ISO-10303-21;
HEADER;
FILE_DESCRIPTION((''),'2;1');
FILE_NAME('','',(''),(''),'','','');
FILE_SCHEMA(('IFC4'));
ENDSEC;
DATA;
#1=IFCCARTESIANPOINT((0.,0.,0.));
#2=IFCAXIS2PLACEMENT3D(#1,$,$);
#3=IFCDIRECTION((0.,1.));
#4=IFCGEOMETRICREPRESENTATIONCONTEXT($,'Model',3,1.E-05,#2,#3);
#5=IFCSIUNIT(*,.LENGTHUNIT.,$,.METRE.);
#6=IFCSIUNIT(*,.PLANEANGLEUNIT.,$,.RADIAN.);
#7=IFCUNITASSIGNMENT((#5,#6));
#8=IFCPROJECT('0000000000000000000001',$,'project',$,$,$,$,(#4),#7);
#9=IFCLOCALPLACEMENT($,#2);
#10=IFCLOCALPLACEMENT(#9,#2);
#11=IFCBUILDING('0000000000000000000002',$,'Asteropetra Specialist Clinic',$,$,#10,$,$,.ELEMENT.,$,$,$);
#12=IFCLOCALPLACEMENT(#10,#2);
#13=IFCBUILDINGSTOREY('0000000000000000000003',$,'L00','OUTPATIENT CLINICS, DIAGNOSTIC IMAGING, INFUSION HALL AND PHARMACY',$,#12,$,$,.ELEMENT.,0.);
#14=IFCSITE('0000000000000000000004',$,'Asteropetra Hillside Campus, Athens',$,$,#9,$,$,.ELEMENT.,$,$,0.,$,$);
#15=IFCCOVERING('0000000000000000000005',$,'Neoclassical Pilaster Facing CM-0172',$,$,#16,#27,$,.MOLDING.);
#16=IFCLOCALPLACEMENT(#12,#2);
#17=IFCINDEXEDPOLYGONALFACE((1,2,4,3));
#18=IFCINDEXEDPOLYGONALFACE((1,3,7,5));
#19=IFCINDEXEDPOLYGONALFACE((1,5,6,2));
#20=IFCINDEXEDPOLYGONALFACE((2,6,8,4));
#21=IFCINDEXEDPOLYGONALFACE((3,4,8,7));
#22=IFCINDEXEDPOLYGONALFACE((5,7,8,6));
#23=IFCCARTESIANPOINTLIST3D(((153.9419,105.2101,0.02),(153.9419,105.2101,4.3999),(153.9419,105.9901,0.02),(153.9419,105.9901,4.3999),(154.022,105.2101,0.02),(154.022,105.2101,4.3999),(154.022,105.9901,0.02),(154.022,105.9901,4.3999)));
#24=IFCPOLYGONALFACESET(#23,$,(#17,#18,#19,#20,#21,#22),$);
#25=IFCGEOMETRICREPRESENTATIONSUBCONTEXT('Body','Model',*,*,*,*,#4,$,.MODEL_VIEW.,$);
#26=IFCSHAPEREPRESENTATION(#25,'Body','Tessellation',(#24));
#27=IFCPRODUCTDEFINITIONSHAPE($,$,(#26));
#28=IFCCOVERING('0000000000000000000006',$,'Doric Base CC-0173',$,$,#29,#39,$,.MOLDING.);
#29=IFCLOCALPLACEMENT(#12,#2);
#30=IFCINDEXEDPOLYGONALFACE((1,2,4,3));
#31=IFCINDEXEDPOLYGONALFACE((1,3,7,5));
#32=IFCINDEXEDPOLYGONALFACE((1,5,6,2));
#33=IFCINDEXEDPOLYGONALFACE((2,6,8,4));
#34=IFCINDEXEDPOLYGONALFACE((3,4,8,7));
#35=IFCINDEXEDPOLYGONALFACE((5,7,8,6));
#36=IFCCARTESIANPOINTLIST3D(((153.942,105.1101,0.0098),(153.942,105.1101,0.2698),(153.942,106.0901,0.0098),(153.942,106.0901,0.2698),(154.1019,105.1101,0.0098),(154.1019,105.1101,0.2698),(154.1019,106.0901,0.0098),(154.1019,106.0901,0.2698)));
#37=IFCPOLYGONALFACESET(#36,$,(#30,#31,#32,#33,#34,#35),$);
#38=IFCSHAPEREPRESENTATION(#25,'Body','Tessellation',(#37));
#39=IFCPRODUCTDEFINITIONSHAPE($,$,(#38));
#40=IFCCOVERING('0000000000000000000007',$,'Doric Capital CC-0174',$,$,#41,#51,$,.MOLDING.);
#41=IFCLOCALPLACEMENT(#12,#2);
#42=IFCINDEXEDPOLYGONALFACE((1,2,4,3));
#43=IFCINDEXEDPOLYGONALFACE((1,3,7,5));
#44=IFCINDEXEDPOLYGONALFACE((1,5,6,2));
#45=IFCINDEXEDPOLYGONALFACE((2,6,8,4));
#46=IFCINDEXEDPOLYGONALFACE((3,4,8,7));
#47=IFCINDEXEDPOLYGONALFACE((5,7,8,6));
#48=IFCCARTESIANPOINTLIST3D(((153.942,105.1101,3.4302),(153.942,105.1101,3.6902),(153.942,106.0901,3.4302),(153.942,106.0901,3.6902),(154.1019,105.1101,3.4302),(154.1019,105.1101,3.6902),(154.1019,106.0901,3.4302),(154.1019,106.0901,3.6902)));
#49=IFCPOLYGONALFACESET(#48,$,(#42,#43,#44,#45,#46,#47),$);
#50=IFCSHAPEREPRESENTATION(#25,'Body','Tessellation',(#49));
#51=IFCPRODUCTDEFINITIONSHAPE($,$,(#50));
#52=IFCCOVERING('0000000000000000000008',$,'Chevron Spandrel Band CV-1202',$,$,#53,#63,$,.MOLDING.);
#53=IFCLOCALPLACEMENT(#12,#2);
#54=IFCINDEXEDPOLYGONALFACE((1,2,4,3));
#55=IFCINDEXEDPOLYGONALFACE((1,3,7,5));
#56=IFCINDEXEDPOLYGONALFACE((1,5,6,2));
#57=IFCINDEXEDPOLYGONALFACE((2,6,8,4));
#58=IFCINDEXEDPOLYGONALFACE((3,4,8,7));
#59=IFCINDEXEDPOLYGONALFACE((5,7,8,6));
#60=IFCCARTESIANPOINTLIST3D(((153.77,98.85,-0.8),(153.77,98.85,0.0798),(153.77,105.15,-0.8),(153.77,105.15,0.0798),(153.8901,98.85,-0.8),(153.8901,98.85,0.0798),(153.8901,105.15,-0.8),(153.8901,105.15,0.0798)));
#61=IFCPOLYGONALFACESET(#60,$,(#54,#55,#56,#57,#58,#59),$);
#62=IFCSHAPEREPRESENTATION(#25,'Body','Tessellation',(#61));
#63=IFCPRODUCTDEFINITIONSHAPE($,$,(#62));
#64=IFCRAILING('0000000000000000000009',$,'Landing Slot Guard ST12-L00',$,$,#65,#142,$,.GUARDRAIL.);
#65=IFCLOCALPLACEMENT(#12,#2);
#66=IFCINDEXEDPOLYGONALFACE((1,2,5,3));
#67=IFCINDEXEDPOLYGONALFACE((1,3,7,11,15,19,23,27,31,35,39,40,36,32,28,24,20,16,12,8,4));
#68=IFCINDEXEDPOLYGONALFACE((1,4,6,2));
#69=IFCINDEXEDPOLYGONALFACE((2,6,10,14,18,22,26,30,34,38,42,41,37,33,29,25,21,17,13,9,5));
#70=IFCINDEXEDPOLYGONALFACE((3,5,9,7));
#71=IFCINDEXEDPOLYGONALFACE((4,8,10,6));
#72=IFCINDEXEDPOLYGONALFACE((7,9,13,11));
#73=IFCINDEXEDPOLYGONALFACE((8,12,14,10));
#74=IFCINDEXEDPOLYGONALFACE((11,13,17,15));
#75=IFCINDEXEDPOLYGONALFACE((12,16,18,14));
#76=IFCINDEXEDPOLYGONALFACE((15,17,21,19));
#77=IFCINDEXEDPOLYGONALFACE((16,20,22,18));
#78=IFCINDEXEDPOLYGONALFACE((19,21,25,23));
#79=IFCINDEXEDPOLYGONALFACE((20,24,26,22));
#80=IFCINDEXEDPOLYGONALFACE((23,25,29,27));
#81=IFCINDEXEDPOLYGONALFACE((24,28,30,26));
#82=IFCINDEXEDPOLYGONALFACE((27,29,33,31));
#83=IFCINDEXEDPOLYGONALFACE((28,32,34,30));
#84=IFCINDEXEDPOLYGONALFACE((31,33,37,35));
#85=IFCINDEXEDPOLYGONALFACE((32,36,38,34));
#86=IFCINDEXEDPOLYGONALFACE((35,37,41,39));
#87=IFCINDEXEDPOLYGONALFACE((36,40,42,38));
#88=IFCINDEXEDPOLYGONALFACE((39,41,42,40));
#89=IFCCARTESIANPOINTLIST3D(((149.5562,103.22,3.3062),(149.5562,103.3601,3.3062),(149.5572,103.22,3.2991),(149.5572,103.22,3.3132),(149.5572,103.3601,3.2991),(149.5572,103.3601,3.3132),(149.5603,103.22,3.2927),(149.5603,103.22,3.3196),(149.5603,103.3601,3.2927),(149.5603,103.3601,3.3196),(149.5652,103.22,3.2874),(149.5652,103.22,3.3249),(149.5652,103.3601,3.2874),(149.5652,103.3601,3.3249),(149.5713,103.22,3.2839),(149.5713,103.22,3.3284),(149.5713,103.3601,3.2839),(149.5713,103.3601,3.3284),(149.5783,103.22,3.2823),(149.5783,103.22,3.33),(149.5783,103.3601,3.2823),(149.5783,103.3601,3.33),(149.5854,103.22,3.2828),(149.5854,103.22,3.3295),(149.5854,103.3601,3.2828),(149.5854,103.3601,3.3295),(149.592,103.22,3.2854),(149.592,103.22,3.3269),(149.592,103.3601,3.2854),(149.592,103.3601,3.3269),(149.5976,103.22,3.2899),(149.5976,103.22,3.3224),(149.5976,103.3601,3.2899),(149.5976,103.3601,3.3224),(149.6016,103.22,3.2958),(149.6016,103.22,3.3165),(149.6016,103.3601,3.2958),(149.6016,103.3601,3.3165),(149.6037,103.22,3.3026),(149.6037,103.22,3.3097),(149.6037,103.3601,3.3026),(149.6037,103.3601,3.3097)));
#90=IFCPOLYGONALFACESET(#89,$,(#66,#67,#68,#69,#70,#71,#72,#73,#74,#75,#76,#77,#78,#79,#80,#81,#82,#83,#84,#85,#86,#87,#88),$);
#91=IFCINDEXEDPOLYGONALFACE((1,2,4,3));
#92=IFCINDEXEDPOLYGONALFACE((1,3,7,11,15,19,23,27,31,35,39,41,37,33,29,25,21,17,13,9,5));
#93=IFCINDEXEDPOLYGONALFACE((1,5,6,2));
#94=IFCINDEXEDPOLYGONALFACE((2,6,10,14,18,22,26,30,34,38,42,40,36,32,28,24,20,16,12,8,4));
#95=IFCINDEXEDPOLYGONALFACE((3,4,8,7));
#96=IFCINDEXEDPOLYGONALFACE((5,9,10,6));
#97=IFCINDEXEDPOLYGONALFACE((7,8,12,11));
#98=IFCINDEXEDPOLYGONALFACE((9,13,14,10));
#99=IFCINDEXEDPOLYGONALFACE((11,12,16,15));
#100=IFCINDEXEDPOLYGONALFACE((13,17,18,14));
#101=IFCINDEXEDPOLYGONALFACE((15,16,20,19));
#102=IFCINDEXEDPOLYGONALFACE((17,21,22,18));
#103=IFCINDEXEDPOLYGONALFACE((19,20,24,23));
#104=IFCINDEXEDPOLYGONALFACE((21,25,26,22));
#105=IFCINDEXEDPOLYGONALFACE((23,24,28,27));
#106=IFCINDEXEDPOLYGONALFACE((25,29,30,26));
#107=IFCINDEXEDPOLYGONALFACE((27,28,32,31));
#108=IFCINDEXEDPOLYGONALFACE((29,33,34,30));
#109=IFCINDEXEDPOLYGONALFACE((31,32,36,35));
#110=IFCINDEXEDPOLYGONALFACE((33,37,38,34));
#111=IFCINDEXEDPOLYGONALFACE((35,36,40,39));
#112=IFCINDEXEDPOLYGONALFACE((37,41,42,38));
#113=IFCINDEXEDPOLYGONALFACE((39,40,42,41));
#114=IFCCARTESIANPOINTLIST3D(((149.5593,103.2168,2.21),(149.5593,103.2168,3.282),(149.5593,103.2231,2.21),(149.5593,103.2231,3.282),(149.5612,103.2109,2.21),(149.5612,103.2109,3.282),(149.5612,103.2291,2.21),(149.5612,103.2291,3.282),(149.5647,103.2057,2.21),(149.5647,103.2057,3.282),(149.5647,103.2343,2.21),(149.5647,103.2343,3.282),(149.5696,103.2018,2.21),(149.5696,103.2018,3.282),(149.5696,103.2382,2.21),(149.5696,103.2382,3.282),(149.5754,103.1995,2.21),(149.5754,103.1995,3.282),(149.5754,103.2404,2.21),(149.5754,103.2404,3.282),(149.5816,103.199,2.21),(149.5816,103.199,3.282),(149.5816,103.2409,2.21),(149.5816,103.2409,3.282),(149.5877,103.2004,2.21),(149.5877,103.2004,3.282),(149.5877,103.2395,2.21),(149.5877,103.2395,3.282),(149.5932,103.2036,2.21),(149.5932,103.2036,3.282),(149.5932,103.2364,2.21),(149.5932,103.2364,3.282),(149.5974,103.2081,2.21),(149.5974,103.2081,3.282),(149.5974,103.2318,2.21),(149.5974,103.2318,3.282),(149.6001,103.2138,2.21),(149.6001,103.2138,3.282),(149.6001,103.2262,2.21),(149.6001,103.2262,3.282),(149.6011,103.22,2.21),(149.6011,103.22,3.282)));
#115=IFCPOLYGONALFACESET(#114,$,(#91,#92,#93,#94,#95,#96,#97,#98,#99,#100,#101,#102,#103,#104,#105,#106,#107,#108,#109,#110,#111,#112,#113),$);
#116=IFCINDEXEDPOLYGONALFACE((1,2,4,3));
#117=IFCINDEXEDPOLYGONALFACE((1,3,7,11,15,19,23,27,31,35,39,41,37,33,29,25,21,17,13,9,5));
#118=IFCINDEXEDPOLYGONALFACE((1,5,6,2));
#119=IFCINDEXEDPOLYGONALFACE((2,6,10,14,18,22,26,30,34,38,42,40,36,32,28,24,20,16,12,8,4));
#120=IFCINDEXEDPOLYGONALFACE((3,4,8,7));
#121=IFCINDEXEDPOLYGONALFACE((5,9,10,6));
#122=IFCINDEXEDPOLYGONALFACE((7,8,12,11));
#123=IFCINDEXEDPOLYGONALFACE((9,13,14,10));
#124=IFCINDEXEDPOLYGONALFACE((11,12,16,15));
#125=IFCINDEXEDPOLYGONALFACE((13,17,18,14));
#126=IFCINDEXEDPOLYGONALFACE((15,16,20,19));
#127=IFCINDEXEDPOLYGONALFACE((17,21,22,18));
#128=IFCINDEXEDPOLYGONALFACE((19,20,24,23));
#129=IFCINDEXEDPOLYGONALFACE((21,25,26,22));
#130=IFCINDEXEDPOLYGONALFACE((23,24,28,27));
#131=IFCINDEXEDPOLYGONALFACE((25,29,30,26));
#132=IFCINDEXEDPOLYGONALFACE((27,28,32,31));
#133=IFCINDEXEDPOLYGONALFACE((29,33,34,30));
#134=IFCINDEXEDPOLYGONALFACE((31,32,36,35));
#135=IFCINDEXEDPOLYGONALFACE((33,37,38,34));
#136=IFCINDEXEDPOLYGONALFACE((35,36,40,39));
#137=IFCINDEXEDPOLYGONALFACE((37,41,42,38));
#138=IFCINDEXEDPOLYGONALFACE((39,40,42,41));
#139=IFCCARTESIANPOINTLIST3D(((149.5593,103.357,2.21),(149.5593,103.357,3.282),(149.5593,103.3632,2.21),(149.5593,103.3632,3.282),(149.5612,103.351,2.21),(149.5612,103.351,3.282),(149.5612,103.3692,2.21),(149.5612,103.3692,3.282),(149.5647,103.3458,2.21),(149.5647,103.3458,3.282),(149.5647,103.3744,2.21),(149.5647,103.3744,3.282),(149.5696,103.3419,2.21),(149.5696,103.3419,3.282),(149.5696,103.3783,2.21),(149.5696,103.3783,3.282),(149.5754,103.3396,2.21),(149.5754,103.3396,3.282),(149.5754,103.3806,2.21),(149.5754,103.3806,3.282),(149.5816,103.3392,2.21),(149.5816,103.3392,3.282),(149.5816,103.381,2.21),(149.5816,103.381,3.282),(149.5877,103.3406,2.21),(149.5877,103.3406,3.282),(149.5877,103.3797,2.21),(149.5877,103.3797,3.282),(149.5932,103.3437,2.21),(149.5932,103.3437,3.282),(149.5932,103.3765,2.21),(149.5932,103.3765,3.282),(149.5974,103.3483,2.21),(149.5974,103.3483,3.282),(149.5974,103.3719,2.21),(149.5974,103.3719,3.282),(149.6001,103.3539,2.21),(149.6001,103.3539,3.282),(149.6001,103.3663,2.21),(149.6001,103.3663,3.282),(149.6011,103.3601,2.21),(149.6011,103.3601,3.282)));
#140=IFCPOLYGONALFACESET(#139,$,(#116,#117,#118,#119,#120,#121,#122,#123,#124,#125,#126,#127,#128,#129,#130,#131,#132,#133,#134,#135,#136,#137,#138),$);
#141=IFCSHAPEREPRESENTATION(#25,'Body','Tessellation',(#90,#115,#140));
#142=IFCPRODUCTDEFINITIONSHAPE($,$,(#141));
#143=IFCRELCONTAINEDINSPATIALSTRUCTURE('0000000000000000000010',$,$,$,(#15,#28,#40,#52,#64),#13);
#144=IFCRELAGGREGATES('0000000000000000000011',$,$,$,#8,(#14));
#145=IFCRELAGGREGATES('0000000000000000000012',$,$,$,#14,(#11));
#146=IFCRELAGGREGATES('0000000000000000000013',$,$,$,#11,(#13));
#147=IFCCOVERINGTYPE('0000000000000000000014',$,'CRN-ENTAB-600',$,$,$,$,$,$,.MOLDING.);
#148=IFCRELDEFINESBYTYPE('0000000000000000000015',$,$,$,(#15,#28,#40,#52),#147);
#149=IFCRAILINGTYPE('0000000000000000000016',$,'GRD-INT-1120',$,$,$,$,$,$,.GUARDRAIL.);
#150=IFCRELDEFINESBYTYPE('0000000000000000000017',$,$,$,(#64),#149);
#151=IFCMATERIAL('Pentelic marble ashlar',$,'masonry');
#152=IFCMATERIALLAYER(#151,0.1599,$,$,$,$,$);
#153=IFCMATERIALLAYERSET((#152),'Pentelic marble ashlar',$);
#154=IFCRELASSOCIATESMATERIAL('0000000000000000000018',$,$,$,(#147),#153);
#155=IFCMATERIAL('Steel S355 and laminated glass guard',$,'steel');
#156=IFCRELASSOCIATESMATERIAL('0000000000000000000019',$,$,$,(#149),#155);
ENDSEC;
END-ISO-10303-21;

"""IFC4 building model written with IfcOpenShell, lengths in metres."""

from ifc_helpers import new_model, si_unit, direction, frame, origin, origin_2d, place, context, subcontext, project, spatial, rectangle, circle, extrude, material, layer, layer_set, type_object, element, save


model = new_model("IFC4")

# Units and contexts
model_context = context("Model", 3, precision=1e-05, world=origin(), true_north=direction((0.0, 1.0)))
body_context = subcontext(model_context, "Body", "Model", "MODEL_VIEW")
ifc_project = project(units=[si_unit("LENGTHUNIT", "METRE"), si_unit("PLANEANGLEUNIT", "RADIAN")], contexts=[model_context])

# Site, building, storey
site_placement = place(None, origin())
site = spatial("IfcSite", under=ifc_project, at=site_placement, Name="Asteropetra Hillside Campus, Athens", CompositionType="ELEMENT", RefElevation=0.0)
building_placement = place(site_placement, origin())
building = spatial("IfcBuilding", under=site, at=building_placement, Name="Asteropetra Specialist Clinic", CompositionType="ELEMENT")
storey_placement = place(building_placement, origin())
storey = spatial("IfcBuildingStorey", under=building, at=storey_placement, Name="L00", Description="OUTPATIENT CLINICS, DIAGNOSTIC IMAGING, INFUSION HALL AND PHARMACY", CompositionType="ELEMENT", Elevation=0.0)

# Coverings
ifc_material_1 = material(Name="Pentelic marble ashlar", Category="masonry")
ifc_layer_1 = layer(ifc_material_1, 0.1599)
ifc_layer_set_1 = layer_set([ifc_layer_1], Name="Pentelic marble ashlar")
covering_type = type_object("IfcCoveringType", Name="CRN-ENTAB-600", PredefinedType="MOLDING", material=ifc_layer_set_1)
covering_1_placement = place(storey_placement, frame((153.9819, 105.6001, 0.02), z_axis=(0.0, 0.0, 1.0), x_axis=(1.0, 0.0, 0.0)))
element("IfcCovering", 1, at=covering_1_placement, inside=storey, type_object=covering_type, Name="Neoclassical Pilaster Facing CM-0172", PredefinedType="MOLDING", context=body_context, shape_type="SweptSolid", body=[
    extrude(rectangle(XDim=0.0801, YDim=0.78, at=origin_2d()), origin(), (0.0, 0.0, 1.0), 4.3799),
])
for number, where, z_axis, x_axis, name in (
    (2, (154.022, 105.6001, 0.0098), (0.0, 0.0, 1.0), (1.0, 0.0, 0.0), "Doric Base CC-0173"),
    (3, (154.022, 105.6001, 3.4302), (0.0, 0.0, 1.0), (1.0, 0.0, 0.0), "Doric Capital CC-0174"),
):
    element("IfcCovering", number, at=place(storey_placement, frame(where, z_axis=z_axis, x_axis=x_axis)), inside=storey, type_object=covering_type, Name=name, PredefinedType="MOLDING", context=body_context, shape_type="SweptSolid", body=[
        extrude(rectangle(XDim=0.1599, YDim=0.98, at=origin_2d()), origin(), (0.0, 0.0, 1.0), 0.26),
    ])
covering_2_placement = place(storey_placement, frame((153.8301, 102.0, -0.8), z_axis=(0.0, 0.0, 1.0), x_axis=(1.0, 0.0, 0.0)))
element("IfcCovering", 4, at=covering_2_placement, inside=storey, type_object=covering_type, Name="Chevron Spandrel Band CV-1202", PredefinedType="MOLDING", context=body_context, shape_type="SweptSolid", body=[
    extrude(rectangle(XDim=0.1201, YDim=6.3, at=origin_2d()), origin(), (0.0, 0.0, 1.0), 0.8799),
])

# Railing
ifc_material_2 = material(Name="Steel S355 and laminated glass guard", Category="steel")
railing_type = type_object("IfcRailingType", Name="GRD-INT-1120", PredefinedType="GUARDRAIL", material=ifc_material_2)
railing_placement = place(storey_placement, frame((149.5801, 103.22, 2.21)))
element("IfcRailing", 5, at=railing_placement, inside=storey, type_object=railing_type, Name="Landing Slot Guard ST12-L00", PredefinedType="GUARDRAIL", context=body_context, shape_type="SweptSolid", body=[
    extrude(circle(Radius=0.0239, at=origin_2d()), frame((0.0, 0.0, 1.0962), z_axis=(0.0, 1.0, 0.0), x_axis=(-1.0, 0.0, 0.0)), (0.0, 0.0, 1.0), 0.1401),
    extrude(circle(Radius=0.021, at=origin_2d()), origin(), (0.0, 0.0, 1.0), 1.072),
    extrude(circle(Radius=0.021, at=origin_2d()), frame((0.0, 0.1401, 0.0)), (0.0, 0.0, 1.0), 1.072),
])

save(model, "model.ifc")
